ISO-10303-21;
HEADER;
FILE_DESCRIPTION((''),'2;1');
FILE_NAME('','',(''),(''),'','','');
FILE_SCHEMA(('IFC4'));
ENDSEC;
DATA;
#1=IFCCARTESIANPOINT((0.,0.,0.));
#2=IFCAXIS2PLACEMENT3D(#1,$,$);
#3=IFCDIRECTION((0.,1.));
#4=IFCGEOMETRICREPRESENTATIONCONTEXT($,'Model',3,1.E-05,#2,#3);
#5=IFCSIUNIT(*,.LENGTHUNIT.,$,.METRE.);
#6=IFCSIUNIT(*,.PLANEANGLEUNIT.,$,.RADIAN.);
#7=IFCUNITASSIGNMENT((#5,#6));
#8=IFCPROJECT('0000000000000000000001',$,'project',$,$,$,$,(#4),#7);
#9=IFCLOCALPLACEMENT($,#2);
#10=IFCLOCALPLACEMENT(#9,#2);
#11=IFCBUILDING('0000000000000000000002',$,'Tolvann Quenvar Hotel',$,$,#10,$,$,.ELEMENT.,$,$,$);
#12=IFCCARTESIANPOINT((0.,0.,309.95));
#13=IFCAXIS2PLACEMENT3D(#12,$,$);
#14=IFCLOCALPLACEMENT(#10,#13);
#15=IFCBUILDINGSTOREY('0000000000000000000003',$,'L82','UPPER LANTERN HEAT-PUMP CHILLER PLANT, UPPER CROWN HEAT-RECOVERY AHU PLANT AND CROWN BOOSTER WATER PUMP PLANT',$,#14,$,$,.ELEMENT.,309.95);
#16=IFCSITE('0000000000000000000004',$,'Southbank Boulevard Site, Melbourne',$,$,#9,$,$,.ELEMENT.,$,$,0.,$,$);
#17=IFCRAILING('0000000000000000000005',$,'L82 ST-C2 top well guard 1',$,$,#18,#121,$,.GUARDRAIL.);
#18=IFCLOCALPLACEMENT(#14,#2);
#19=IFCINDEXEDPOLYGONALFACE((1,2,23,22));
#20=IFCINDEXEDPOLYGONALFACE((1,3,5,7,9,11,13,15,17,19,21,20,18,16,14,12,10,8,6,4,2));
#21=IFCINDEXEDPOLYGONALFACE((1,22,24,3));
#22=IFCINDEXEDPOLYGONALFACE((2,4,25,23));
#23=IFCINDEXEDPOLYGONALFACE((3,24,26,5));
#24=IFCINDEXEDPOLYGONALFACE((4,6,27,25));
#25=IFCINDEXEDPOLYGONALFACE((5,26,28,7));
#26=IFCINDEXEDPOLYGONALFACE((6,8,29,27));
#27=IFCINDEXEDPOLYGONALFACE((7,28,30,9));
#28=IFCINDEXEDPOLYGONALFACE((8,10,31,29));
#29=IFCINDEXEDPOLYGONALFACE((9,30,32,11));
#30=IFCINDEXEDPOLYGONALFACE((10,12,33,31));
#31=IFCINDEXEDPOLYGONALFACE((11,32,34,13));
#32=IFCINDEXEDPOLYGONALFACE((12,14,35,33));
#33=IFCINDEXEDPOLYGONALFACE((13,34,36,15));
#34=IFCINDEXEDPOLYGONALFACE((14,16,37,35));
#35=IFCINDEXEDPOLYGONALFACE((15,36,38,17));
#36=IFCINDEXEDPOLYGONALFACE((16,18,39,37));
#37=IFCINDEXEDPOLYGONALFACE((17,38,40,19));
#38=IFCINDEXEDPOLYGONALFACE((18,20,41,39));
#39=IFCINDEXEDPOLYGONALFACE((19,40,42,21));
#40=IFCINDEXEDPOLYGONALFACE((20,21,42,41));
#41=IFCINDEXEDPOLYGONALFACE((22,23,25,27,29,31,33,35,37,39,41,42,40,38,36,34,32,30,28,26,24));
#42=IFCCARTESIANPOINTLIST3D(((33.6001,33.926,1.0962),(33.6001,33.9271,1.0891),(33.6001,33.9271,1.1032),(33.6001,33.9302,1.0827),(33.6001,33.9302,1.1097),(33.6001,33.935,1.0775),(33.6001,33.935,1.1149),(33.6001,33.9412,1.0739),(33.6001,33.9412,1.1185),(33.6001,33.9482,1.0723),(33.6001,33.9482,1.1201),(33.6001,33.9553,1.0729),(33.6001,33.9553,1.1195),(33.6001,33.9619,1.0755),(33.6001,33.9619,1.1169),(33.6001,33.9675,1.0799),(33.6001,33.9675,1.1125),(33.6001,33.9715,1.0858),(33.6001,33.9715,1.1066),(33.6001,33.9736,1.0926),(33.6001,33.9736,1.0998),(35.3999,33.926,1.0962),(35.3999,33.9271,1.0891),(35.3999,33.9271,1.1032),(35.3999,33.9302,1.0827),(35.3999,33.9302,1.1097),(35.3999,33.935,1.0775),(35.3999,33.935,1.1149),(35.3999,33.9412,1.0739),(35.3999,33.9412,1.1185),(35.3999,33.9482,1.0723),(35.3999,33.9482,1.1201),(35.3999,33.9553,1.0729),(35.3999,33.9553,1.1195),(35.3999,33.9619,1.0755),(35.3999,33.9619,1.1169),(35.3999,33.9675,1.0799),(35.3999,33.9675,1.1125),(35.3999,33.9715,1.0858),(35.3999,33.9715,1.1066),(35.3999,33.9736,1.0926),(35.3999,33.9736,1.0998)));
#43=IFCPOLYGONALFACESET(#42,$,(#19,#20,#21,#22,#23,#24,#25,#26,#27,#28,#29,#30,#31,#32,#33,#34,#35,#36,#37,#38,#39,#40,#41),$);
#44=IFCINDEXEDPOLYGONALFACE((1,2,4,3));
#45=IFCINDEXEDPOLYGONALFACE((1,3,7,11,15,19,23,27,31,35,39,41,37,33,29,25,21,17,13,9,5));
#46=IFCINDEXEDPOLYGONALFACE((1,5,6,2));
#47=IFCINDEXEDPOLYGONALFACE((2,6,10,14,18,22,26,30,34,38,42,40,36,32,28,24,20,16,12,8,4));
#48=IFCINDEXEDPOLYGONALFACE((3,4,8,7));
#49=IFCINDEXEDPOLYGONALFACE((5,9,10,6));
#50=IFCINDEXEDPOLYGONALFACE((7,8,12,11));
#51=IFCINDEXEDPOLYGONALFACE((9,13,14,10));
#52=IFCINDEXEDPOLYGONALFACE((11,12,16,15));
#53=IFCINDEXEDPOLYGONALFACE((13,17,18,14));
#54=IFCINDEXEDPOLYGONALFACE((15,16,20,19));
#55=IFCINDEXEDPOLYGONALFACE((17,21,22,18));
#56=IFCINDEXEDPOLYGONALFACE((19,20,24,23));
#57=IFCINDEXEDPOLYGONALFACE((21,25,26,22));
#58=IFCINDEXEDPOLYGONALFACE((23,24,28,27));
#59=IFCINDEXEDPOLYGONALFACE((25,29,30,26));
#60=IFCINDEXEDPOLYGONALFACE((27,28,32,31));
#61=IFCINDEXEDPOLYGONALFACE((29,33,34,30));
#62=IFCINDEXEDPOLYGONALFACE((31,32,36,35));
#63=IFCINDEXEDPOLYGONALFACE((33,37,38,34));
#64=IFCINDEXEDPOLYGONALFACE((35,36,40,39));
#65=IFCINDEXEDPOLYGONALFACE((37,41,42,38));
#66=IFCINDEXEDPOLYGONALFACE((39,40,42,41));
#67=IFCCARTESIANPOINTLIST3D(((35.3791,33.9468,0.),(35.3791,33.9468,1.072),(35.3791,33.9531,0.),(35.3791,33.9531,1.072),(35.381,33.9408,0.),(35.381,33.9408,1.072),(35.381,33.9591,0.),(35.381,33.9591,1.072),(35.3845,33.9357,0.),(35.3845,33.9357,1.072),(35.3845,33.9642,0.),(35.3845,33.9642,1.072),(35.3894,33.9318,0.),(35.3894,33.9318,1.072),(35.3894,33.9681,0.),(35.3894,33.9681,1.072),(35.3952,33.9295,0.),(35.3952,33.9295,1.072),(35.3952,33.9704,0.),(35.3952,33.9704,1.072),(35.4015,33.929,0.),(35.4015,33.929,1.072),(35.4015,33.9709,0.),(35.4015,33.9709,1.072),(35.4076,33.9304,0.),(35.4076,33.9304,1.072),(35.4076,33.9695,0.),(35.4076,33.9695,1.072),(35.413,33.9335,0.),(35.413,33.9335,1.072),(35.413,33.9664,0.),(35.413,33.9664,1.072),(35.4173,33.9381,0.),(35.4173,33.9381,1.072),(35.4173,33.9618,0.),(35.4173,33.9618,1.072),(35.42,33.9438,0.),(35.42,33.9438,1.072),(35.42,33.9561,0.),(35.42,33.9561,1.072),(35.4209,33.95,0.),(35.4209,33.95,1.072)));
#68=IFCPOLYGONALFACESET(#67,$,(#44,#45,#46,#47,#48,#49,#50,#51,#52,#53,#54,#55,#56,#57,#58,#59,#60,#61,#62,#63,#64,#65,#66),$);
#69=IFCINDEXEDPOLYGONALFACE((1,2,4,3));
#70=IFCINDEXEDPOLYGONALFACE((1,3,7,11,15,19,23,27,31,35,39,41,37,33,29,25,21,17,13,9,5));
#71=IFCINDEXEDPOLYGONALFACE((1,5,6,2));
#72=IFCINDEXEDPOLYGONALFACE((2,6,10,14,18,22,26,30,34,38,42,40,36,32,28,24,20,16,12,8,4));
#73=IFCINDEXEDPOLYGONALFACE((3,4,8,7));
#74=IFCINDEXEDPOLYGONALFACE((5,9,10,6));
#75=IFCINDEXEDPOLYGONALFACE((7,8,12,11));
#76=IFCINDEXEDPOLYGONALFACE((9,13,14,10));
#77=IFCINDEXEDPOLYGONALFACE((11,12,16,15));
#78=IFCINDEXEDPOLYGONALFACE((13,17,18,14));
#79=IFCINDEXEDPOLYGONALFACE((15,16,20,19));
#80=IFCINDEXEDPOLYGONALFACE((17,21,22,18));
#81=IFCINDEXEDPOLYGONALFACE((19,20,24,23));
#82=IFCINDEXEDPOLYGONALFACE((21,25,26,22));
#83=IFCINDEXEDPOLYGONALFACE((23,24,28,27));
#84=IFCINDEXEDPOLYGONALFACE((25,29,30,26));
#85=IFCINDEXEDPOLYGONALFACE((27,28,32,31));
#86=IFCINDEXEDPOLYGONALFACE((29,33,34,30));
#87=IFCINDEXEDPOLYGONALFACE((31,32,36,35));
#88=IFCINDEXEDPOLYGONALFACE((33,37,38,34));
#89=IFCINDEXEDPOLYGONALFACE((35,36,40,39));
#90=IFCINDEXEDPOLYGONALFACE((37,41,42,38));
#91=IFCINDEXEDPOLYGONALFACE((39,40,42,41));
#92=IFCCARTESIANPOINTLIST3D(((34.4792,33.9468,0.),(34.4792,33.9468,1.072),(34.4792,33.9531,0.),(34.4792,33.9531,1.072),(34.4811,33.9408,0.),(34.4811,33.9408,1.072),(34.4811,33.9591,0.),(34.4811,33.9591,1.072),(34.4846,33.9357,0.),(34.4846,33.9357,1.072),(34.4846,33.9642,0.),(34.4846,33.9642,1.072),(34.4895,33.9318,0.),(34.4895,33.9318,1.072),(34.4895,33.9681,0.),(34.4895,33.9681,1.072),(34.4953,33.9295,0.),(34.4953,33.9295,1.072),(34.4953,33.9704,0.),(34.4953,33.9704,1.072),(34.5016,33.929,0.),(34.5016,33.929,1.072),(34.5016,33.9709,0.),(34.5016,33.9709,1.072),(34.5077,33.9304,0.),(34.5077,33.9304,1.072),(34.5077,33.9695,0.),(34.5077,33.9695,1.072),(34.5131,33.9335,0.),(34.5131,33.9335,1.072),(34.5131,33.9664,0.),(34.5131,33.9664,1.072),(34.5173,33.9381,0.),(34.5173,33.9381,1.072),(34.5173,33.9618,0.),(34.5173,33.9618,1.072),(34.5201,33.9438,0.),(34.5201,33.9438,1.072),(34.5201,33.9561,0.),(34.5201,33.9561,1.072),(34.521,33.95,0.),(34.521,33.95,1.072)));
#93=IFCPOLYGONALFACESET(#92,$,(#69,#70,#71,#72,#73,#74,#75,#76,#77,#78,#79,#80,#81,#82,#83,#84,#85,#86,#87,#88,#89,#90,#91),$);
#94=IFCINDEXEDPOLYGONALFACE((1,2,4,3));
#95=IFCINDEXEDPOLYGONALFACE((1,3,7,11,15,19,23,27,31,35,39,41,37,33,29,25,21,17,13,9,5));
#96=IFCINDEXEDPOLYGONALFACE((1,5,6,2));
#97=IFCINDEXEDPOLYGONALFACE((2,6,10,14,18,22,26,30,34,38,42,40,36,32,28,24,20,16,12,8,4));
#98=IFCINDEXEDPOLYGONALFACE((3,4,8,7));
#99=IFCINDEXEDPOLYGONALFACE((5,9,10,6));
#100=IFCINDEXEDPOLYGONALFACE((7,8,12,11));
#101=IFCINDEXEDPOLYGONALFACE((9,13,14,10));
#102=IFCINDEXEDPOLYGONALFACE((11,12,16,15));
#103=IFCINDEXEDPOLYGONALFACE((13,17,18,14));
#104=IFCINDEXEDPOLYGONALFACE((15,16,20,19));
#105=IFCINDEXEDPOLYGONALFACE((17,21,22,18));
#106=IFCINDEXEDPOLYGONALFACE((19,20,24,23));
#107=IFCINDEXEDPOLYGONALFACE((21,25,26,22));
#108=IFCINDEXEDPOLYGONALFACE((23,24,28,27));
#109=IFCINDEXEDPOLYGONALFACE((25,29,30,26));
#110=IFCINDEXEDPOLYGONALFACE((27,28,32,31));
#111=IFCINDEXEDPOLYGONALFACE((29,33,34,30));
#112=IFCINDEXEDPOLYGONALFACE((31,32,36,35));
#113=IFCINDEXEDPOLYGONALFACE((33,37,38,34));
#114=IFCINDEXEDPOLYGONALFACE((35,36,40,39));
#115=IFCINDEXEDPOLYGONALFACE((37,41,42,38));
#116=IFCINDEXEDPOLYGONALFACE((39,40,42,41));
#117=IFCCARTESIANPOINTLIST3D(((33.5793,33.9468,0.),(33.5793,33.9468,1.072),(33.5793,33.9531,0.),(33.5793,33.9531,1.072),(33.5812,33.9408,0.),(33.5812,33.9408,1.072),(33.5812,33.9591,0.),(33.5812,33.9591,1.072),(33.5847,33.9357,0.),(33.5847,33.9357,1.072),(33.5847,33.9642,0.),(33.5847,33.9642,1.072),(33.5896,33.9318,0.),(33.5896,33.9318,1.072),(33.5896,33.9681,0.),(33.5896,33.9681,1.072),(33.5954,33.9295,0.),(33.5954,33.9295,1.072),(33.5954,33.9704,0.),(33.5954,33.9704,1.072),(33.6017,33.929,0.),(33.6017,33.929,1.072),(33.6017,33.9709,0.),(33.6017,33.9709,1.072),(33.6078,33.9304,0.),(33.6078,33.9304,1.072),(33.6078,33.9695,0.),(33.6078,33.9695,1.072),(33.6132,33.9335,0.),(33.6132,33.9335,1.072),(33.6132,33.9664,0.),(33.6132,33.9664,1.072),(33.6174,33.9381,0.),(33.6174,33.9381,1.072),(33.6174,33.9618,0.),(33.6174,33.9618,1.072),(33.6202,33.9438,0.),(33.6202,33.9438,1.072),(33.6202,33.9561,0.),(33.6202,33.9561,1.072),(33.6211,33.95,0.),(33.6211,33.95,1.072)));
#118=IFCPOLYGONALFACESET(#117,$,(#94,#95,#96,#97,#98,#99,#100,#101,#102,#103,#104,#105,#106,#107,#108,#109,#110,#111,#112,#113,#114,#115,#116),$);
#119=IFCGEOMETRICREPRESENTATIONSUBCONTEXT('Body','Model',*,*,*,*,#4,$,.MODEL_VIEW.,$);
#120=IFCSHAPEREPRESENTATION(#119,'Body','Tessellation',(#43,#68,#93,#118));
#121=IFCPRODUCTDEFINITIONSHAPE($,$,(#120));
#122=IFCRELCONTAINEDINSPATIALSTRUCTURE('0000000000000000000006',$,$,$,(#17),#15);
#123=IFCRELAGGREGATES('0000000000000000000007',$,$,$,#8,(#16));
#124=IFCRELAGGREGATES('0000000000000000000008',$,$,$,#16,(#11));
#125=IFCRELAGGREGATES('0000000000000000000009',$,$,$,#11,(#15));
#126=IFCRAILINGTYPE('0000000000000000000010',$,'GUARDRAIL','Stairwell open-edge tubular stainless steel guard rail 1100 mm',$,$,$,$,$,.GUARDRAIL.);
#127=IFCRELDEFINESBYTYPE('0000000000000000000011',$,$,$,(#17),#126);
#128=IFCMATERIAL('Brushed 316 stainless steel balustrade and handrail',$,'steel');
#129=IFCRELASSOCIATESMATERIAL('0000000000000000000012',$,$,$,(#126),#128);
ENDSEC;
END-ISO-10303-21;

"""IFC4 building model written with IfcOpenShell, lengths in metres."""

from ifc_helpers import new_model, si_unit, direction, frame, origin, origin_2d, place, context, subcontext, project, spatial, circle, extrude, material, type_object, element, save


model = new_model("IFC4")

# Units and contexts
model_context = context("Model", 3, precision=1e-05, world=origin(), true_north=direction((0.0, 1.0)))
body_context = subcontext(model_context, "Body", "Model", "MODEL_VIEW")
ifc_project = project(units=[si_unit("LENGTHUNIT", "METRE"), si_unit("PLANEANGLEUNIT", "RADIAN")], contexts=[model_context])

# Site, building, storey
site_placement = place(None, origin())
site = spatial("IfcSite", under=ifc_project, at=site_placement, Name="Southbank Boulevard Site, Melbourne", CompositionType="ELEMENT", RefElevation=0.0)
building_placement = place(site_placement, origin())
building = spatial("IfcBuilding", under=site, at=building_placement, Name="Tolvann Quenvar Hotel", CompositionType="ELEMENT")
storey_placement = place(building_placement, frame((0.0, 0.0, 309.95)))
storey = spatial("IfcBuildingStorey", under=building, at=storey_placement, Name="L82", Description="UPPER LANTERN HEAT-PUMP CHILLER PLANT, UPPER CROWN HEAT-RECOVERY AHU PLANT AND CROWN BOOSTER WATER PUMP PLANT", CompositionType="ELEMENT", Elevation=309.95)

# Railing
ifc_material_1 = material(Name="Brushed 316 stainless steel balustrade and handrail", Category="steel")
railing_type = type_object("IfcRailingType", Name="GUARDRAIL", Description="Stairwell open-edge tubular stainless steel guard rail 1100 mm", PredefinedType="GUARDRAIL", material=ifc_material_1)
railing_placement = place(storey_placement, frame((35.3999, 33.95, 0.0)))
element("IfcRailing", 1, at=railing_placement, inside=storey, type_object=railing_type, Name="L82 ST-C2 top well guard 1", PredefinedType="GUARDRAIL", context=body_context, shape_type="SweptSolid", body=[
    extrude(circle(Radius=0.0239, at=origin_2d()), frame((0.0, 0.0, 1.0962), z_axis=(-1.0, 0.0, 0.0), x_axis=(0.0, -1.0, 0.0)), (0.0, 0.0, 1.0), 1.7998),
    extrude(circle(Radius=0.021, at=origin_2d()), origin(), (0.0, 0.0, 1.0), 1.072),
    extrude(circle(Radius=0.021, at=origin_2d()), frame((-0.8999, 0.0, 0.0)), (0.0, 0.0, 1.0), 1.072),
    extrude(circle(Radius=0.021, at=origin_2d()), frame((-1.7998, 0.0, 0.0)), (0.0, 0.0, 1.0), 1.072),
])

save(model, "model.ifc")
